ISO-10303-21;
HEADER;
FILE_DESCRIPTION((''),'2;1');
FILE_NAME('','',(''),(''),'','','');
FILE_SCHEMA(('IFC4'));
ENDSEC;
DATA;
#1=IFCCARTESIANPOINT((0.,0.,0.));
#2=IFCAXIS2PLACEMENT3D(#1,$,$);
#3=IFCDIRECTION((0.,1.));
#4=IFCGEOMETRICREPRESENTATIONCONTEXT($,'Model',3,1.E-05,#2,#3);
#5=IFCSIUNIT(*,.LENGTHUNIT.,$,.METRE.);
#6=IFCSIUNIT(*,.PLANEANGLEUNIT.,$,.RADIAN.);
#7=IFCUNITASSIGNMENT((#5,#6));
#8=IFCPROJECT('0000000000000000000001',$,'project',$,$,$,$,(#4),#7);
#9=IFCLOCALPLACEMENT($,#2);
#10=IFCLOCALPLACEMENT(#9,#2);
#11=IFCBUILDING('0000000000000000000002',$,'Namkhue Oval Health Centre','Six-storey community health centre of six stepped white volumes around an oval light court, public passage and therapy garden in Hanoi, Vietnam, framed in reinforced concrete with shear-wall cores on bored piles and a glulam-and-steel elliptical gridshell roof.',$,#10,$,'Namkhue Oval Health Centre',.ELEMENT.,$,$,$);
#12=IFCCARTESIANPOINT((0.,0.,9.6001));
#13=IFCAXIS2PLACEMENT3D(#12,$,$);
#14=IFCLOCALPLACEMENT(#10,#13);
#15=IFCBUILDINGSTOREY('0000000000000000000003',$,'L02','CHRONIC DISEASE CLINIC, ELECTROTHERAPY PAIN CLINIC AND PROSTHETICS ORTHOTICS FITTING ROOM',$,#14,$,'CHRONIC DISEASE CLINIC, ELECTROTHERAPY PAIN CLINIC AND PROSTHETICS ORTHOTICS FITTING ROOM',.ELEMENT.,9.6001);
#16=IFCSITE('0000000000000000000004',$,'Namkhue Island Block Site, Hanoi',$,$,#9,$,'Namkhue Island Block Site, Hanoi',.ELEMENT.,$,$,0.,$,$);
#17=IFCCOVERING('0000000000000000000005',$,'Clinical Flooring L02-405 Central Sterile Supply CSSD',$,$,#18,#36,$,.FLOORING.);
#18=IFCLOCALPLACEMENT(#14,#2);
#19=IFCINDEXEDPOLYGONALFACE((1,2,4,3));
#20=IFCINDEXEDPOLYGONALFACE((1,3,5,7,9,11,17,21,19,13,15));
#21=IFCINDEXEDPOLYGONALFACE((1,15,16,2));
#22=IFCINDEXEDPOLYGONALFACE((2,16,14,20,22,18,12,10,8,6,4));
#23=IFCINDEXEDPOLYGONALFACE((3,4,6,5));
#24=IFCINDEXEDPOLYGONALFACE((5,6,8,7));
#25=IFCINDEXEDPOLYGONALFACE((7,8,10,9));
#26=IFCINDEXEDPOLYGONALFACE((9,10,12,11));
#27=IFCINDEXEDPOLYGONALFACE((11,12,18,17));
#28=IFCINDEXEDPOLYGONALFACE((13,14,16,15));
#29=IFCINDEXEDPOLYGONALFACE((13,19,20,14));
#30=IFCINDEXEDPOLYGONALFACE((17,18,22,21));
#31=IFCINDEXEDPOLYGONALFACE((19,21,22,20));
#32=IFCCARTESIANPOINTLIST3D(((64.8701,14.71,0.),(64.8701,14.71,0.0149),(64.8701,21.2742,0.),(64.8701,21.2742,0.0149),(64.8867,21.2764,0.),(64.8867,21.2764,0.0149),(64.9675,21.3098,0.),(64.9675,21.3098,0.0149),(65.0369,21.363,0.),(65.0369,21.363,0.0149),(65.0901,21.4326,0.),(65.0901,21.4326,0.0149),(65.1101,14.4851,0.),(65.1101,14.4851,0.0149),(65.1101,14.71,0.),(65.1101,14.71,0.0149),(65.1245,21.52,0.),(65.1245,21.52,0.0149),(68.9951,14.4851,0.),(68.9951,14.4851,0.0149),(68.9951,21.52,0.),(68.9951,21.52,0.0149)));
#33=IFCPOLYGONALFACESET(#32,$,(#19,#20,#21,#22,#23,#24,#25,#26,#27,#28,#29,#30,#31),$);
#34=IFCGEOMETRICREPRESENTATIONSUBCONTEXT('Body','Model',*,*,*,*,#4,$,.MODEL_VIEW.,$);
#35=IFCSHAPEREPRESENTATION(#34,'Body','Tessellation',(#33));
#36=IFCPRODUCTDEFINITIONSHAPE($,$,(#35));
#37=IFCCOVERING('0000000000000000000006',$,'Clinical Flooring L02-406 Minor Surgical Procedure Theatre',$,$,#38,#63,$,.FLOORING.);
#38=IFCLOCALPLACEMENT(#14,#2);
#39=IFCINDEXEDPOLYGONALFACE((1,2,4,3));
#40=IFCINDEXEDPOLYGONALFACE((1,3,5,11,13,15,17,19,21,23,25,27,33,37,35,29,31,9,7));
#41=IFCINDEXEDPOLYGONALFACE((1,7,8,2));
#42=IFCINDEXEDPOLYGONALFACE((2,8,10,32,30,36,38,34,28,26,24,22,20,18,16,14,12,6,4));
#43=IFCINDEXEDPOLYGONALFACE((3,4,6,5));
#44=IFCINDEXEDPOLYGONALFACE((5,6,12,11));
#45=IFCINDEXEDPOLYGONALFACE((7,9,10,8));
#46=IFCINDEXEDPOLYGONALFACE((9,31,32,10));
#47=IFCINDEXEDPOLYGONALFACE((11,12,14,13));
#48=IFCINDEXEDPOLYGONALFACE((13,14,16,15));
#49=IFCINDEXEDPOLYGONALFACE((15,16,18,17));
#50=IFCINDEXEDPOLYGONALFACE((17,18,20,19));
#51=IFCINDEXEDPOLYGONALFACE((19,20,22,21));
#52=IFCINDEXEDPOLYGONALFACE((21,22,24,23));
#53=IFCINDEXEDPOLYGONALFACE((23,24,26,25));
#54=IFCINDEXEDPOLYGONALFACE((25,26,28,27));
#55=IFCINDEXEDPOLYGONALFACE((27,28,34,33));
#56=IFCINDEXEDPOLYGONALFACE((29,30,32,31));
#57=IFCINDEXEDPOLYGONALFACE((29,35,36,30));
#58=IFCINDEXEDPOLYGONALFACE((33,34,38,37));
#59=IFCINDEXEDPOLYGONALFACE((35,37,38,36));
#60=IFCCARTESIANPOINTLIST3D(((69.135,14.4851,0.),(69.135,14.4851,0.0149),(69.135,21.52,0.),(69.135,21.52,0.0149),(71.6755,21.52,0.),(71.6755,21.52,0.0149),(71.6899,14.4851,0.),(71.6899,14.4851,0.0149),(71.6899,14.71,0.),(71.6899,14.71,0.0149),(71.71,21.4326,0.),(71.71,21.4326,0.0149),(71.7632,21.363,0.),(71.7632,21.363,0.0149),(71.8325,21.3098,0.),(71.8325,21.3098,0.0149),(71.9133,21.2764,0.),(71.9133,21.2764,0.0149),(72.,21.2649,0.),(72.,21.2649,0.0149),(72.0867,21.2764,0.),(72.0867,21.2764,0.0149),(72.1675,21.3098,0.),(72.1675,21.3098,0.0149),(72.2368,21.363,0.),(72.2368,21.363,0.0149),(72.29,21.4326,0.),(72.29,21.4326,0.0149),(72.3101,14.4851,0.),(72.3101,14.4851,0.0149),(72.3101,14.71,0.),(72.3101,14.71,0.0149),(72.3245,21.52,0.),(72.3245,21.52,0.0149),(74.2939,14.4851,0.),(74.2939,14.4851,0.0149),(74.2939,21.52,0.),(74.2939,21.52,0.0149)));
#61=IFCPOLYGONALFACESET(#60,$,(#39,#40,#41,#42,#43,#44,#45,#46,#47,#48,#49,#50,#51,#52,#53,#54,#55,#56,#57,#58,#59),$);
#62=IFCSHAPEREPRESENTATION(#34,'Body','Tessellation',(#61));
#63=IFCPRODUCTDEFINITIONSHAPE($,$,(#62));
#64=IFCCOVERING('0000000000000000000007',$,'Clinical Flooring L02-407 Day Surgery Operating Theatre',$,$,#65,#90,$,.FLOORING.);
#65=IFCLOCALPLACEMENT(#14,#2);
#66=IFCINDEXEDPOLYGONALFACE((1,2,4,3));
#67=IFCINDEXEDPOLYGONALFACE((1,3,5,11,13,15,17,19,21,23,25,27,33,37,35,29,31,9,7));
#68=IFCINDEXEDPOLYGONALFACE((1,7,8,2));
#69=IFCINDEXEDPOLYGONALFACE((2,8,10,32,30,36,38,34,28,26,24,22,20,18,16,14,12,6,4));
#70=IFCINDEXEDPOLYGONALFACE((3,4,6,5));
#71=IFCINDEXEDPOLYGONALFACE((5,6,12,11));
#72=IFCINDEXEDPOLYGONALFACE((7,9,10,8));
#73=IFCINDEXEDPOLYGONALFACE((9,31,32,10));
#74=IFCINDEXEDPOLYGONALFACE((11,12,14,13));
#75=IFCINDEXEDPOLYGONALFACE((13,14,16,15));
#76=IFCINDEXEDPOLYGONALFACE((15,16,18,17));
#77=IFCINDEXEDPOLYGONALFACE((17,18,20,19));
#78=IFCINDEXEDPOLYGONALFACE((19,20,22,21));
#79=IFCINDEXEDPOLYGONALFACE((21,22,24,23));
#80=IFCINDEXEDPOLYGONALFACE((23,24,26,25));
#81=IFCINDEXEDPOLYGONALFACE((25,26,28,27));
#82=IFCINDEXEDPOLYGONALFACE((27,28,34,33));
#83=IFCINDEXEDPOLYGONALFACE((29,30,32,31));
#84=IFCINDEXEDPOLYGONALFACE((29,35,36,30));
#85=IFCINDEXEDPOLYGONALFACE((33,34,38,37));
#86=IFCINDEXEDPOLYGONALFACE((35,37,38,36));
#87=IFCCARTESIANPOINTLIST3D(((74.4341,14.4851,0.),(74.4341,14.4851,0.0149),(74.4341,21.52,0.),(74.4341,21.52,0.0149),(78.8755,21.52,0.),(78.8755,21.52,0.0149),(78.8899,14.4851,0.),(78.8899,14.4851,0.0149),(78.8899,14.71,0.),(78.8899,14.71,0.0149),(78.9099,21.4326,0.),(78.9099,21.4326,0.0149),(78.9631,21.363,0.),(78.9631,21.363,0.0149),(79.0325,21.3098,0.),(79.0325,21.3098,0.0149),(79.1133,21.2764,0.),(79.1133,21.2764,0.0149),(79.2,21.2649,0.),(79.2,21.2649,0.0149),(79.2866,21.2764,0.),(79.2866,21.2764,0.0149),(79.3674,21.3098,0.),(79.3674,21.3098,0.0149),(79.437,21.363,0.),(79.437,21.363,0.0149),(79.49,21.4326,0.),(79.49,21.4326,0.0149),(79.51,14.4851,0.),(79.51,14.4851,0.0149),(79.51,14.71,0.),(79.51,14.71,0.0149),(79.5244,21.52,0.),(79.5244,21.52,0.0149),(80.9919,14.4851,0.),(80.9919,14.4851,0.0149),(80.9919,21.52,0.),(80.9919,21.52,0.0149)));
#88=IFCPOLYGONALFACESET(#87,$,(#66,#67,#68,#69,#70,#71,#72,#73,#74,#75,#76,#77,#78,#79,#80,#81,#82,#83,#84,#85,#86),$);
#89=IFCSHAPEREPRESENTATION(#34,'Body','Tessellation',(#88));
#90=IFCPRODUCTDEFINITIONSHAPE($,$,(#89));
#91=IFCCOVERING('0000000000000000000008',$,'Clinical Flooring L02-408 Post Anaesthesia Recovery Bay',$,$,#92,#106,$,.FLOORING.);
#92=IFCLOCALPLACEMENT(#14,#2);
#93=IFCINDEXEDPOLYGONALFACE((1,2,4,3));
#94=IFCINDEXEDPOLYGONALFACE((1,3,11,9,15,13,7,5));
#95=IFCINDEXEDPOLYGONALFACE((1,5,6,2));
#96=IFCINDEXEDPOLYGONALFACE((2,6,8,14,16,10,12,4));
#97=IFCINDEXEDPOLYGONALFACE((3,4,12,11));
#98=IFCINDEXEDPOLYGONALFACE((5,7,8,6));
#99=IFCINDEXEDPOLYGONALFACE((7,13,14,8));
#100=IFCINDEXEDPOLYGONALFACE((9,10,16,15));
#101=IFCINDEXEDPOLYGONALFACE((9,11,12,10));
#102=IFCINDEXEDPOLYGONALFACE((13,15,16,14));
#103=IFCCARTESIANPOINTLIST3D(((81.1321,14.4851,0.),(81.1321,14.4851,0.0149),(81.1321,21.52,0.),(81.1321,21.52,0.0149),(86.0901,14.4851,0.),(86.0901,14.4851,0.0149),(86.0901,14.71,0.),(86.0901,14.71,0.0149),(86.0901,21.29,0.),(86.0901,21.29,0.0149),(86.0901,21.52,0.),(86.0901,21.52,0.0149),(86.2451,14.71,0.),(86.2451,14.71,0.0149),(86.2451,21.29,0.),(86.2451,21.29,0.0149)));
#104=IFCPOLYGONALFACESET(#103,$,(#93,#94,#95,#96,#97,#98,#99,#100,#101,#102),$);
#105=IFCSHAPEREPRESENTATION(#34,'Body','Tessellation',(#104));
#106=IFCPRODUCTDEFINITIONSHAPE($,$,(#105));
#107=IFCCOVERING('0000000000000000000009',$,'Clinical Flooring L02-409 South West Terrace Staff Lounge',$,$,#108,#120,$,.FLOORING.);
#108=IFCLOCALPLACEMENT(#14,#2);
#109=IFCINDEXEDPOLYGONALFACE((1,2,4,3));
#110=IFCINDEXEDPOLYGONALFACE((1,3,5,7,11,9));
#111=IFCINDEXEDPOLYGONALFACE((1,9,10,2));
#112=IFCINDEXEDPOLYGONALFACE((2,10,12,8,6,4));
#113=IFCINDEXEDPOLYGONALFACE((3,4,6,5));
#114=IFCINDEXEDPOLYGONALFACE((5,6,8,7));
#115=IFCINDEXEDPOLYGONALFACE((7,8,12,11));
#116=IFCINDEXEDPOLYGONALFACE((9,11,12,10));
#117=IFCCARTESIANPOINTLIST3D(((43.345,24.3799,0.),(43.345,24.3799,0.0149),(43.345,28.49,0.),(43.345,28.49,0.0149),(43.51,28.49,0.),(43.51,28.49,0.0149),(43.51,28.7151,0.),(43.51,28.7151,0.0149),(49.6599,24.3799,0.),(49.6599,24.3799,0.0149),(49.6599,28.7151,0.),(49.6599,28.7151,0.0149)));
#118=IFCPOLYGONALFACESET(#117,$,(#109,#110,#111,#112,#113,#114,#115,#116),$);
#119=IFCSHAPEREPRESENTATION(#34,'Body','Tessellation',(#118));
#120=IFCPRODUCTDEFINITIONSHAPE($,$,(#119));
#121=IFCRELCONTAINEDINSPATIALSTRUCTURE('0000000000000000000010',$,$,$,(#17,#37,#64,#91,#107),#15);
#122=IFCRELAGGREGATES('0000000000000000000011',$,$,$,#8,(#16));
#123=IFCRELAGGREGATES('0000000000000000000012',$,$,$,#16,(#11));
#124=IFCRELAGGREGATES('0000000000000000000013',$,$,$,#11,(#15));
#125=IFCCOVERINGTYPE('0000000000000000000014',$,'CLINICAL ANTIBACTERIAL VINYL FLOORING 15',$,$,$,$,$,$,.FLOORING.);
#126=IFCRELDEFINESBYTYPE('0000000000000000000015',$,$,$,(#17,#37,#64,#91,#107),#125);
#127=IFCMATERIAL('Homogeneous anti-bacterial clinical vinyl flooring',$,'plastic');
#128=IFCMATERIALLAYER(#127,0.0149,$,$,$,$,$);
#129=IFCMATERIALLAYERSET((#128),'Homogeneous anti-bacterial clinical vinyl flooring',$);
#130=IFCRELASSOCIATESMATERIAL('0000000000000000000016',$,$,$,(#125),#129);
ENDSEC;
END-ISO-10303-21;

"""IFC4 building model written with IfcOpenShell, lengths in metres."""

from ifc_helpers import new_model, si_unit, direction, frame, origin, place, context, subcontext, project, spatial, polyline, outline, extrude, material, layer, layer_set, type_object, element, save


model = new_model("IFC4")

# Units and contexts
model_context = context("Model", 3, precision=1e-05, world=origin(), true_north=direction((0.0, 1.0)))
body_context = subcontext(model_context, "Body", "Model", "MODEL_VIEW")
ifc_project = project(units=[si_unit("LENGTHUNIT", "METRE"), si_unit("PLANEANGLEUNIT", "RADIAN")], contexts=[model_context])

# Site, building, storey
site_placement = place(None, origin())
site = spatial("IfcSite", under=ifc_project, at=site_placement, Name="Namkhue Island Block Site, Hanoi", LongName="Namkhue Island Block Site, Hanoi", CompositionType="ELEMENT", RefElevation=0.0)
building_placement = place(site_placement, origin())
building = spatial("IfcBuilding", under=site, at=building_placement, Name="Namkhue Oval Health Centre", Description="Six-storey community health centre of six stepped white volumes around an oval light court, public passage and therapy garden in Hanoi, Vietnam, framed in reinforced concrete with shear-wall cores on bored piles and a glulam-and-steel elliptical gridshell roof.", LongName="Namkhue Oval Health Centre", CompositionType="ELEMENT")
storey_placement = place(building_placement, frame((0.0, 0.0, 9.6001)))
storey = spatial("IfcBuildingStorey", under=building, at=storey_placement, Name="L02", Description="CHRONIC DISEASE CLINIC, ELECTROTHERAPY PAIN CLINIC AND PROSTHETICS ORTHOTICS FITTING ROOM", LongName="CHRONIC DISEASE CLINIC, ELECTROTHERAPY PAIN CLINIC AND PROSTHETICS ORTHOTICS FITTING ROOM", CompositionType="ELEMENT", Elevation=9.6001)

# Coverings
ifc_material = material(Name="Homogeneous anti-bacterial clinical vinyl flooring", Category="plastic")
ifc_layer = layer(ifc_material, 0.0149)
ifc_layer_set = layer_set([ifc_layer], Name="Homogeneous anti-bacterial clinical vinyl flooring")
covering_type = type_object("IfcCoveringType", Name="CLINICAL ANTIBACTERIAL VINYL FLOORING 15", PredefinedType="FLOORING", material=ifc_layer_set)
covering_1_placement = place(storey_placement, origin())
element("IfcCovering", 1, at=covering_1_placement, inside=storey, type_object=covering_type, Name="Clinical Flooring L02-405 Central Sterile Supply CSSD", PredefinedType="FLOORING", context=body_context, shape_type="SweptSolid", body=[
    extrude(outline(polyline([(65.1101, 14.4851), (65.1101, 14.71), (64.8701, 14.71), (64.8701, 21.2742), (64.8867, 21.2764), (64.9675, 21.3098), (65.0369, 21.363), (65.0901, 21.4326), (65.1245, 21.52), (68.9951, 21.52), (68.9951, 14.4851), (65.1101, 14.4851)])), origin(), (0.0, 0.0, 1.0), 0.0149),
])
covering_2_placement = place(storey_placement, origin())
element("IfcCovering", 2, at=covering_2_placement, inside=storey, type_object=covering_type, Name="Clinical Flooring L02-406 Minor Surgical Procedure Theatre", PredefinedType="FLOORING", context=body_context, shape_type="SweptSolid", body=[
    extrude(outline(polyline([(72.3101, 14.4851), (72.3101, 14.71), (71.6899, 14.71), (71.6899, 14.4851), (69.135, 14.4851), (69.135, 21.52), (71.6755, 21.52), (71.71, 21.4326), (71.7632, 21.363), (71.8325, 21.3098), (71.9133, 21.2764), (72.0, 21.2649), (72.0867, 21.2764), (72.1675, 21.3098), (72.2368, 21.363), (72.29, 21.4326), (72.3245, 21.52), (74.2939, 21.52), (74.2939, 14.4851), (72.3101, 14.4851)])), origin(), (0.0, 0.0, 1.0), 0.0149),
])
covering_3_placement = place(storey_placement, origin())
element("IfcCovering", 3, at=covering_3_placement, inside=storey, type_object=covering_type, Name="Clinical Flooring L02-407 Day Surgery Operating Theatre", PredefinedType="FLOORING", context=body_context, shape_type="SweptSolid", body=[
    extrude(outline(polyline([(79.51, 14.4851), (79.51, 14.71), (78.8899, 14.71), (78.8899, 14.4851), (74.4341, 14.4851), (74.4341, 21.52), (78.8755, 21.52), (78.9099, 21.4326), (78.9631, 21.363), (79.0325, 21.3098), (79.1133, 21.2764), (79.2, 21.2649), (79.2866, 21.2764), (79.3674, 21.3098), (79.437, 21.363), (79.49, 21.4326), (79.5244, 21.52), (80.9919, 21.52), (80.9919, 14.4851), (79.51, 14.4851)])), origin(), (0.0, 0.0, 1.0), 0.0149),
])
covering_4_placement = place(storey_placement, origin())
element("IfcCovering", 4, at=covering_4_placement, inside=storey, type_object=covering_type, Name="Clinical Flooring L02-408 Post Anaesthesia Recovery Bay", PredefinedType="FLOORING", context=body_context, shape_type="SweptSolid", body=[
    extrude(outline(polyline([(81.1321, 14.4851), (81.1321, 21.52), (86.0901, 21.52), (86.0901, 21.29), (86.2451, 21.29), (86.2451, 14.71), (86.0901, 14.71), (86.0901, 14.4851), (81.1321, 14.4851)])), origin(), (0.0, 0.0, 1.0), 0.0149),
])
covering_5_placement = place(storey_placement, origin())
element("IfcCovering", 5, at=covering_5_placement, inside=storey, type_object=covering_type, Name="Clinical Flooring L02-409 South West Terrace Staff Lounge", PredefinedType="FLOORING", context=body_context, shape_type="SweptSolid", body=[
    extrude(outline(polyline([(43.345, 24.3799), (43.345, 28.49), (43.51, 28.49), (43.51, 28.7151), (49.6599, 28.7151), (49.6599, 24.3799), (43.345, 24.3799)])), origin(), (0.0, 0.0, 1.0), 0.0149),
])

save(model, "model.ifc")
